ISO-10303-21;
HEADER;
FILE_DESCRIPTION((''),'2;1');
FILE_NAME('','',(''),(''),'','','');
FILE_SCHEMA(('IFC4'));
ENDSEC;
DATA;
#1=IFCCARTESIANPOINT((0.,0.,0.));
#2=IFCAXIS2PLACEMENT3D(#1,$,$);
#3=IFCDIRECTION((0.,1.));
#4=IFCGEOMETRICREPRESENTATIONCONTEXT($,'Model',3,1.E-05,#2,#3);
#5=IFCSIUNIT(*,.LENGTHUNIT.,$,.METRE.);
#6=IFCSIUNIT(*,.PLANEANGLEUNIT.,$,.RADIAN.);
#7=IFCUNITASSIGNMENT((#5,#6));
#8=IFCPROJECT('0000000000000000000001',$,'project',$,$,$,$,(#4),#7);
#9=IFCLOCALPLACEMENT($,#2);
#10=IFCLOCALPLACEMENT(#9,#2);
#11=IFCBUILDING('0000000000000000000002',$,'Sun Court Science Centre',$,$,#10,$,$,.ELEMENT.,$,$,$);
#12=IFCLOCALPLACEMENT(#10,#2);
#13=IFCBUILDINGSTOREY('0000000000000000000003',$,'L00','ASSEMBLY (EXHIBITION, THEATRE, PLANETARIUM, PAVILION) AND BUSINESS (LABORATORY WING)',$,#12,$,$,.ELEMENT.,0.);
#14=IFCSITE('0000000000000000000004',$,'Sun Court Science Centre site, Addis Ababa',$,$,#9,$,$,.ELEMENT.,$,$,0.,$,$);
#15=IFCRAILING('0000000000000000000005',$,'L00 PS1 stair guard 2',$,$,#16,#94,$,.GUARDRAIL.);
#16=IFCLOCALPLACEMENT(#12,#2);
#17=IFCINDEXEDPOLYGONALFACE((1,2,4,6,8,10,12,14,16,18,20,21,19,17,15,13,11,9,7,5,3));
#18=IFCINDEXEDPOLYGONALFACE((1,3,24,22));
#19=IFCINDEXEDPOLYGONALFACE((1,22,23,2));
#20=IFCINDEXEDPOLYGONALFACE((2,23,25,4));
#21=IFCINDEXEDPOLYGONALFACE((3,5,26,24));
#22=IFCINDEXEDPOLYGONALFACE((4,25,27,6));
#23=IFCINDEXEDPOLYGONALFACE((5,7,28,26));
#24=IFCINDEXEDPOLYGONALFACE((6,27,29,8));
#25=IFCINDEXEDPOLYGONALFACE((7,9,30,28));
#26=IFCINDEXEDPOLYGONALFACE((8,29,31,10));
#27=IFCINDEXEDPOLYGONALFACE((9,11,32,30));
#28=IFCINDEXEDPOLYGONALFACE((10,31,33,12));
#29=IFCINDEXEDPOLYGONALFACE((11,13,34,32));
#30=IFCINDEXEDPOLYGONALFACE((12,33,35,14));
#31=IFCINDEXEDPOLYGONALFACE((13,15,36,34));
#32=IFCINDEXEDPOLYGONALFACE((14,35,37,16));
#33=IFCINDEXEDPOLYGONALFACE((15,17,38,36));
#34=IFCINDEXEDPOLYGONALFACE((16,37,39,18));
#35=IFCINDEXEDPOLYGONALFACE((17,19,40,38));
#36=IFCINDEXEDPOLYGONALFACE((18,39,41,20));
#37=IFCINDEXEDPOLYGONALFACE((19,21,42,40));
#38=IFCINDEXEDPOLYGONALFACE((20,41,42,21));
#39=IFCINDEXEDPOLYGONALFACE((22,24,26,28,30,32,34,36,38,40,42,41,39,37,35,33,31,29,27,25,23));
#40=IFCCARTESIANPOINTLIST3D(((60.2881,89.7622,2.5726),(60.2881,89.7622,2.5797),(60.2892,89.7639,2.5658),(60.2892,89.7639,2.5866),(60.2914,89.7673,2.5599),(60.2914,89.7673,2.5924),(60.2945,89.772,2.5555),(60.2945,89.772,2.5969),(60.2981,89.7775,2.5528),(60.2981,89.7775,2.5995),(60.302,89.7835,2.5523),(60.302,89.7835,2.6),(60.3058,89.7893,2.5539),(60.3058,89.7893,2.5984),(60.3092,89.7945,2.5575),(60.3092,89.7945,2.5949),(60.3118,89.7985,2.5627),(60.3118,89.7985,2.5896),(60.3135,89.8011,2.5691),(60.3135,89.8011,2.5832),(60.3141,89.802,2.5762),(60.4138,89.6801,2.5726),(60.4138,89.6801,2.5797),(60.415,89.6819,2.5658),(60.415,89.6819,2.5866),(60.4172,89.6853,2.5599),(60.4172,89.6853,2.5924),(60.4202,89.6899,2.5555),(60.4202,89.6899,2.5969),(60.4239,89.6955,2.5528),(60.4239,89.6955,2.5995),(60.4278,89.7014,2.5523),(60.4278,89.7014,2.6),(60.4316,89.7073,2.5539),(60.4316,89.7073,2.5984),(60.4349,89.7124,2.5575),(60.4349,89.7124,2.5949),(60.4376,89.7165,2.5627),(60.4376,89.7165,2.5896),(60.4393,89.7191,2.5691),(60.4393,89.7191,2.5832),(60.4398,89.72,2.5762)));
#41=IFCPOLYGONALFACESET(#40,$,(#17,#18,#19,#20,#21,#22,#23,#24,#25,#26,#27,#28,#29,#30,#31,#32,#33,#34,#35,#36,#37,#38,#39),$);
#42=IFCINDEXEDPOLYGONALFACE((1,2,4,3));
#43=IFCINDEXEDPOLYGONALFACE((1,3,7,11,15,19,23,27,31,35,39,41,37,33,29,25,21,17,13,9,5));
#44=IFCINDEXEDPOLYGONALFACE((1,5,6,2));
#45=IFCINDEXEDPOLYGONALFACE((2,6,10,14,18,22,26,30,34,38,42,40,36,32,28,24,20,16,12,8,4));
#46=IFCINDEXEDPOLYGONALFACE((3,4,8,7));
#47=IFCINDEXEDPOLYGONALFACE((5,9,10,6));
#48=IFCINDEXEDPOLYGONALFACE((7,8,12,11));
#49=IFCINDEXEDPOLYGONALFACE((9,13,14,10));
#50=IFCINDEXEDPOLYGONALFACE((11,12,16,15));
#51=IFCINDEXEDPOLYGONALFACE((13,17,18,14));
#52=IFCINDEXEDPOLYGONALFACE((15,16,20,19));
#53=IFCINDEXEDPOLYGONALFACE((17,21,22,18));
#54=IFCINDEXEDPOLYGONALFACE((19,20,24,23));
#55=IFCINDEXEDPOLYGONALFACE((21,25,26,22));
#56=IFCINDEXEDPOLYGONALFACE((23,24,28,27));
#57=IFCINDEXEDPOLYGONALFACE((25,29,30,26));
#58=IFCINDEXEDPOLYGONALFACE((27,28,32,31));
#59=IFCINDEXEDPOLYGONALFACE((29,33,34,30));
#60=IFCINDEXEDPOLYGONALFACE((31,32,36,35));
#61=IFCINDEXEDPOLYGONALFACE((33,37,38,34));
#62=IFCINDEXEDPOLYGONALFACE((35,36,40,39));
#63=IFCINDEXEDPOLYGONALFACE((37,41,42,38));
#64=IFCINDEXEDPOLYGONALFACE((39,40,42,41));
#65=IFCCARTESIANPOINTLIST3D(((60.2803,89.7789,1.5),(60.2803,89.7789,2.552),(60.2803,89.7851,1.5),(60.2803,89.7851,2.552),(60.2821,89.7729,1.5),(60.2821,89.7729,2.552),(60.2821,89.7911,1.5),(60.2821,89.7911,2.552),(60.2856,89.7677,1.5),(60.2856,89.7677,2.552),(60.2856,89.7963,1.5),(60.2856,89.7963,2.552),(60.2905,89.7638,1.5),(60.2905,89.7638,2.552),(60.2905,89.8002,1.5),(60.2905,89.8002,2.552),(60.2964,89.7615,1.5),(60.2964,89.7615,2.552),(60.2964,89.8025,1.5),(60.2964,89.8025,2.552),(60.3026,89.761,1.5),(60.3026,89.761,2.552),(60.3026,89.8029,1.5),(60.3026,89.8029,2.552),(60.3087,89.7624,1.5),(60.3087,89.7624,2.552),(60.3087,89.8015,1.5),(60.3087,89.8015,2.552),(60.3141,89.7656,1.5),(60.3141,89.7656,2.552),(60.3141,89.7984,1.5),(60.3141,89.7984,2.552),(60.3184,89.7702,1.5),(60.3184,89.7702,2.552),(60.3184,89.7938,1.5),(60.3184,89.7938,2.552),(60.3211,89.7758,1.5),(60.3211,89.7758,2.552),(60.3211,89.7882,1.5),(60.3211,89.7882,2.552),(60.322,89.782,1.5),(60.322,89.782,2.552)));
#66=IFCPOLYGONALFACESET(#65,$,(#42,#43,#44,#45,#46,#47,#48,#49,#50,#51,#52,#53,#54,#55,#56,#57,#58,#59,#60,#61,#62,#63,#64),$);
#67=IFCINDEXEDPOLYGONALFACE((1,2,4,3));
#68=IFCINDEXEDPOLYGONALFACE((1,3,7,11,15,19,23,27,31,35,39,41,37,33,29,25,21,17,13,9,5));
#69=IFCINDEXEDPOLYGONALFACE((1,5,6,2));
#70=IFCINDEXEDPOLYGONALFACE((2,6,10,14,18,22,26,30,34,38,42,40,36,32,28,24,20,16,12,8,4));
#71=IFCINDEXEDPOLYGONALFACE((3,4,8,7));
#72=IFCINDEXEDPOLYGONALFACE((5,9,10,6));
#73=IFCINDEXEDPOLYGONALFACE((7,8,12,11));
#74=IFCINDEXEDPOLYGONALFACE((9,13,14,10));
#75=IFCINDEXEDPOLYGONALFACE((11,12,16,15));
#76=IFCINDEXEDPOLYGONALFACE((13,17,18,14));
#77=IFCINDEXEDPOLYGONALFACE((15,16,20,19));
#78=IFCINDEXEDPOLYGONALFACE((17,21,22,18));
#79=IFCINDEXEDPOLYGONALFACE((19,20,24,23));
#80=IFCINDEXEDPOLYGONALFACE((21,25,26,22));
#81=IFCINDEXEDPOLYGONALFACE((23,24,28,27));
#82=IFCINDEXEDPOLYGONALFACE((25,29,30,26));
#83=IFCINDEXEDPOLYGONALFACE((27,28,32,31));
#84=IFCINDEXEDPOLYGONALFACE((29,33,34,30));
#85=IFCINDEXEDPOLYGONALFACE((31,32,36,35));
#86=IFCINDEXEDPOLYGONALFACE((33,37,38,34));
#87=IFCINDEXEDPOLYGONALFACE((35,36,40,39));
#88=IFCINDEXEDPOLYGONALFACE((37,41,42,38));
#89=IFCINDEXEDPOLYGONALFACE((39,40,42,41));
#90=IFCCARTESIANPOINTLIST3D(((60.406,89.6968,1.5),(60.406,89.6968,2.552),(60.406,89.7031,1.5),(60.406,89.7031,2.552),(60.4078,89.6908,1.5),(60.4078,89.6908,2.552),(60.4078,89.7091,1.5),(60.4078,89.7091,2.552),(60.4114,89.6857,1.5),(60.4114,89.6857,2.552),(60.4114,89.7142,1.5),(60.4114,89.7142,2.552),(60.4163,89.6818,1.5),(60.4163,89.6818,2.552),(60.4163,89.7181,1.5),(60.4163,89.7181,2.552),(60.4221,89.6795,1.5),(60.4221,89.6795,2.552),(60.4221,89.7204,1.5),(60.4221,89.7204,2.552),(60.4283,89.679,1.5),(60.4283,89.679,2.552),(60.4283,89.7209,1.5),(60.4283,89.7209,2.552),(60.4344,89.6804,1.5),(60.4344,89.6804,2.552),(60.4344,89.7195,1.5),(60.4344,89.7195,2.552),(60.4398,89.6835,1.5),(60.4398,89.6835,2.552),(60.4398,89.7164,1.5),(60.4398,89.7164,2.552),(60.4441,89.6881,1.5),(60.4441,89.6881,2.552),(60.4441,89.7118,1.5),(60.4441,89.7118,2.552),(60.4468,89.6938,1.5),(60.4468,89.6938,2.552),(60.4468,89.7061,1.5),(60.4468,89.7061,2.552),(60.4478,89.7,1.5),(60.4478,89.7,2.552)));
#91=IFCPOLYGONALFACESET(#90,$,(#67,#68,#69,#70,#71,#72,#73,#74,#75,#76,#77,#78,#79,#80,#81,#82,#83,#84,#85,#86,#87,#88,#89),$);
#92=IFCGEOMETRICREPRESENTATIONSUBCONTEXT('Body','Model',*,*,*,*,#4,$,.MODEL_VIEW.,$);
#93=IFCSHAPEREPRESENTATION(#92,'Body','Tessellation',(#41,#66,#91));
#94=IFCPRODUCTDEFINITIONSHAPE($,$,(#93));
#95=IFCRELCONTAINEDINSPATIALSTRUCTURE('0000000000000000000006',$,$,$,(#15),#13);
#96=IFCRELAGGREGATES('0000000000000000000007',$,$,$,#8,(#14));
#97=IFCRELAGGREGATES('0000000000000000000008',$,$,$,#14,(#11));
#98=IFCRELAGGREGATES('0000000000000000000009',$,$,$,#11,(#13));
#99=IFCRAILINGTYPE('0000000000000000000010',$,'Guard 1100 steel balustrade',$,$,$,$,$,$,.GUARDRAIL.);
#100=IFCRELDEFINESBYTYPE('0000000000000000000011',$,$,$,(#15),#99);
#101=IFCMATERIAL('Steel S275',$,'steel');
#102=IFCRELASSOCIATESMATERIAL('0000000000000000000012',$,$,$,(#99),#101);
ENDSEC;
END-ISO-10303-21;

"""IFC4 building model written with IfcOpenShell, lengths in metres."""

from ifc_helpers import new_model, si_unit, direction, frame, origin, origin_2d, place, context, subcontext, project, spatial, circle, extrude, material, type_object, element, save


model = new_model("IFC4")

# Units and contexts
model_context = context("Model", 3, precision=1e-05, world=origin(), true_north=direction((0.0, 1.0)))
body_context = subcontext(model_context, "Body", "Model", "MODEL_VIEW")
ifc_project = project(units=[si_unit("LENGTHUNIT", "METRE"), si_unit("PLANEANGLEUNIT", "RADIAN")], contexts=[model_context])

# Site, building, storey
site_placement = place(None, origin())
site = spatial("IfcSite", under=ifc_project, at=site_placement, Name="Sun Court Science Centre site, Addis Ababa", CompositionType="ELEMENT", RefElevation=0.0)
building_placement = place(site_placement, origin())
building = spatial("IfcBuilding", under=site, at=building_placement, Name="Sun Court Science Centre", CompositionType="ELEMENT")
storey_placement = place(building_placement, origin())
storey = spatial("IfcBuildingStorey", under=building, at=storey_placement, Name="L00", Description="ASSEMBLY (EXHIBITION, THEATRE, PLANETARIUM, PAVILION) AND BUSINESS (LABORATORY WING)", CompositionType="ELEMENT", Elevation=0.0)

# Railing
ifc_material_1 = material(Name="Steel S275", Category="steel")
railing_type = type_object("IfcRailingType", Name="Guard 1100 steel balustrade", PredefinedType="GUARDRAIL", material=ifc_material_1)
railing_1_placement = place(storey_placement, frame((60.301, 89.782, 1.5)))
element("IfcRailing", 1, at=railing_1_placement, inside=storey, type_object=railing_type, Name="L00 PS1 stair guard 2", PredefinedType="GUARDRAIL", context=body_context, shape_type="SweptSolid", body=[
    extrude(circle(Radius=0.0239, at=origin_2d()), frame((0.0, 0.0, 1.0762), z_axis=(0.837514, -0.546417, 0.0), x_axis=(0.546417, 0.837514, 0.0)), (0.0, 0.0, 1.0), 0.1501),
    extrude(circle(Radius=0.021, at=origin_2d()), origin(), (0.0, 0.0, 1.0), 1.052),
    extrude(circle(Radius=0.021, at=origin_2d()), frame((0.1257, -0.082, 0.0)), (0.0, 0.0, 1.0), 1.052),
])

save(model, "model.ifc")
